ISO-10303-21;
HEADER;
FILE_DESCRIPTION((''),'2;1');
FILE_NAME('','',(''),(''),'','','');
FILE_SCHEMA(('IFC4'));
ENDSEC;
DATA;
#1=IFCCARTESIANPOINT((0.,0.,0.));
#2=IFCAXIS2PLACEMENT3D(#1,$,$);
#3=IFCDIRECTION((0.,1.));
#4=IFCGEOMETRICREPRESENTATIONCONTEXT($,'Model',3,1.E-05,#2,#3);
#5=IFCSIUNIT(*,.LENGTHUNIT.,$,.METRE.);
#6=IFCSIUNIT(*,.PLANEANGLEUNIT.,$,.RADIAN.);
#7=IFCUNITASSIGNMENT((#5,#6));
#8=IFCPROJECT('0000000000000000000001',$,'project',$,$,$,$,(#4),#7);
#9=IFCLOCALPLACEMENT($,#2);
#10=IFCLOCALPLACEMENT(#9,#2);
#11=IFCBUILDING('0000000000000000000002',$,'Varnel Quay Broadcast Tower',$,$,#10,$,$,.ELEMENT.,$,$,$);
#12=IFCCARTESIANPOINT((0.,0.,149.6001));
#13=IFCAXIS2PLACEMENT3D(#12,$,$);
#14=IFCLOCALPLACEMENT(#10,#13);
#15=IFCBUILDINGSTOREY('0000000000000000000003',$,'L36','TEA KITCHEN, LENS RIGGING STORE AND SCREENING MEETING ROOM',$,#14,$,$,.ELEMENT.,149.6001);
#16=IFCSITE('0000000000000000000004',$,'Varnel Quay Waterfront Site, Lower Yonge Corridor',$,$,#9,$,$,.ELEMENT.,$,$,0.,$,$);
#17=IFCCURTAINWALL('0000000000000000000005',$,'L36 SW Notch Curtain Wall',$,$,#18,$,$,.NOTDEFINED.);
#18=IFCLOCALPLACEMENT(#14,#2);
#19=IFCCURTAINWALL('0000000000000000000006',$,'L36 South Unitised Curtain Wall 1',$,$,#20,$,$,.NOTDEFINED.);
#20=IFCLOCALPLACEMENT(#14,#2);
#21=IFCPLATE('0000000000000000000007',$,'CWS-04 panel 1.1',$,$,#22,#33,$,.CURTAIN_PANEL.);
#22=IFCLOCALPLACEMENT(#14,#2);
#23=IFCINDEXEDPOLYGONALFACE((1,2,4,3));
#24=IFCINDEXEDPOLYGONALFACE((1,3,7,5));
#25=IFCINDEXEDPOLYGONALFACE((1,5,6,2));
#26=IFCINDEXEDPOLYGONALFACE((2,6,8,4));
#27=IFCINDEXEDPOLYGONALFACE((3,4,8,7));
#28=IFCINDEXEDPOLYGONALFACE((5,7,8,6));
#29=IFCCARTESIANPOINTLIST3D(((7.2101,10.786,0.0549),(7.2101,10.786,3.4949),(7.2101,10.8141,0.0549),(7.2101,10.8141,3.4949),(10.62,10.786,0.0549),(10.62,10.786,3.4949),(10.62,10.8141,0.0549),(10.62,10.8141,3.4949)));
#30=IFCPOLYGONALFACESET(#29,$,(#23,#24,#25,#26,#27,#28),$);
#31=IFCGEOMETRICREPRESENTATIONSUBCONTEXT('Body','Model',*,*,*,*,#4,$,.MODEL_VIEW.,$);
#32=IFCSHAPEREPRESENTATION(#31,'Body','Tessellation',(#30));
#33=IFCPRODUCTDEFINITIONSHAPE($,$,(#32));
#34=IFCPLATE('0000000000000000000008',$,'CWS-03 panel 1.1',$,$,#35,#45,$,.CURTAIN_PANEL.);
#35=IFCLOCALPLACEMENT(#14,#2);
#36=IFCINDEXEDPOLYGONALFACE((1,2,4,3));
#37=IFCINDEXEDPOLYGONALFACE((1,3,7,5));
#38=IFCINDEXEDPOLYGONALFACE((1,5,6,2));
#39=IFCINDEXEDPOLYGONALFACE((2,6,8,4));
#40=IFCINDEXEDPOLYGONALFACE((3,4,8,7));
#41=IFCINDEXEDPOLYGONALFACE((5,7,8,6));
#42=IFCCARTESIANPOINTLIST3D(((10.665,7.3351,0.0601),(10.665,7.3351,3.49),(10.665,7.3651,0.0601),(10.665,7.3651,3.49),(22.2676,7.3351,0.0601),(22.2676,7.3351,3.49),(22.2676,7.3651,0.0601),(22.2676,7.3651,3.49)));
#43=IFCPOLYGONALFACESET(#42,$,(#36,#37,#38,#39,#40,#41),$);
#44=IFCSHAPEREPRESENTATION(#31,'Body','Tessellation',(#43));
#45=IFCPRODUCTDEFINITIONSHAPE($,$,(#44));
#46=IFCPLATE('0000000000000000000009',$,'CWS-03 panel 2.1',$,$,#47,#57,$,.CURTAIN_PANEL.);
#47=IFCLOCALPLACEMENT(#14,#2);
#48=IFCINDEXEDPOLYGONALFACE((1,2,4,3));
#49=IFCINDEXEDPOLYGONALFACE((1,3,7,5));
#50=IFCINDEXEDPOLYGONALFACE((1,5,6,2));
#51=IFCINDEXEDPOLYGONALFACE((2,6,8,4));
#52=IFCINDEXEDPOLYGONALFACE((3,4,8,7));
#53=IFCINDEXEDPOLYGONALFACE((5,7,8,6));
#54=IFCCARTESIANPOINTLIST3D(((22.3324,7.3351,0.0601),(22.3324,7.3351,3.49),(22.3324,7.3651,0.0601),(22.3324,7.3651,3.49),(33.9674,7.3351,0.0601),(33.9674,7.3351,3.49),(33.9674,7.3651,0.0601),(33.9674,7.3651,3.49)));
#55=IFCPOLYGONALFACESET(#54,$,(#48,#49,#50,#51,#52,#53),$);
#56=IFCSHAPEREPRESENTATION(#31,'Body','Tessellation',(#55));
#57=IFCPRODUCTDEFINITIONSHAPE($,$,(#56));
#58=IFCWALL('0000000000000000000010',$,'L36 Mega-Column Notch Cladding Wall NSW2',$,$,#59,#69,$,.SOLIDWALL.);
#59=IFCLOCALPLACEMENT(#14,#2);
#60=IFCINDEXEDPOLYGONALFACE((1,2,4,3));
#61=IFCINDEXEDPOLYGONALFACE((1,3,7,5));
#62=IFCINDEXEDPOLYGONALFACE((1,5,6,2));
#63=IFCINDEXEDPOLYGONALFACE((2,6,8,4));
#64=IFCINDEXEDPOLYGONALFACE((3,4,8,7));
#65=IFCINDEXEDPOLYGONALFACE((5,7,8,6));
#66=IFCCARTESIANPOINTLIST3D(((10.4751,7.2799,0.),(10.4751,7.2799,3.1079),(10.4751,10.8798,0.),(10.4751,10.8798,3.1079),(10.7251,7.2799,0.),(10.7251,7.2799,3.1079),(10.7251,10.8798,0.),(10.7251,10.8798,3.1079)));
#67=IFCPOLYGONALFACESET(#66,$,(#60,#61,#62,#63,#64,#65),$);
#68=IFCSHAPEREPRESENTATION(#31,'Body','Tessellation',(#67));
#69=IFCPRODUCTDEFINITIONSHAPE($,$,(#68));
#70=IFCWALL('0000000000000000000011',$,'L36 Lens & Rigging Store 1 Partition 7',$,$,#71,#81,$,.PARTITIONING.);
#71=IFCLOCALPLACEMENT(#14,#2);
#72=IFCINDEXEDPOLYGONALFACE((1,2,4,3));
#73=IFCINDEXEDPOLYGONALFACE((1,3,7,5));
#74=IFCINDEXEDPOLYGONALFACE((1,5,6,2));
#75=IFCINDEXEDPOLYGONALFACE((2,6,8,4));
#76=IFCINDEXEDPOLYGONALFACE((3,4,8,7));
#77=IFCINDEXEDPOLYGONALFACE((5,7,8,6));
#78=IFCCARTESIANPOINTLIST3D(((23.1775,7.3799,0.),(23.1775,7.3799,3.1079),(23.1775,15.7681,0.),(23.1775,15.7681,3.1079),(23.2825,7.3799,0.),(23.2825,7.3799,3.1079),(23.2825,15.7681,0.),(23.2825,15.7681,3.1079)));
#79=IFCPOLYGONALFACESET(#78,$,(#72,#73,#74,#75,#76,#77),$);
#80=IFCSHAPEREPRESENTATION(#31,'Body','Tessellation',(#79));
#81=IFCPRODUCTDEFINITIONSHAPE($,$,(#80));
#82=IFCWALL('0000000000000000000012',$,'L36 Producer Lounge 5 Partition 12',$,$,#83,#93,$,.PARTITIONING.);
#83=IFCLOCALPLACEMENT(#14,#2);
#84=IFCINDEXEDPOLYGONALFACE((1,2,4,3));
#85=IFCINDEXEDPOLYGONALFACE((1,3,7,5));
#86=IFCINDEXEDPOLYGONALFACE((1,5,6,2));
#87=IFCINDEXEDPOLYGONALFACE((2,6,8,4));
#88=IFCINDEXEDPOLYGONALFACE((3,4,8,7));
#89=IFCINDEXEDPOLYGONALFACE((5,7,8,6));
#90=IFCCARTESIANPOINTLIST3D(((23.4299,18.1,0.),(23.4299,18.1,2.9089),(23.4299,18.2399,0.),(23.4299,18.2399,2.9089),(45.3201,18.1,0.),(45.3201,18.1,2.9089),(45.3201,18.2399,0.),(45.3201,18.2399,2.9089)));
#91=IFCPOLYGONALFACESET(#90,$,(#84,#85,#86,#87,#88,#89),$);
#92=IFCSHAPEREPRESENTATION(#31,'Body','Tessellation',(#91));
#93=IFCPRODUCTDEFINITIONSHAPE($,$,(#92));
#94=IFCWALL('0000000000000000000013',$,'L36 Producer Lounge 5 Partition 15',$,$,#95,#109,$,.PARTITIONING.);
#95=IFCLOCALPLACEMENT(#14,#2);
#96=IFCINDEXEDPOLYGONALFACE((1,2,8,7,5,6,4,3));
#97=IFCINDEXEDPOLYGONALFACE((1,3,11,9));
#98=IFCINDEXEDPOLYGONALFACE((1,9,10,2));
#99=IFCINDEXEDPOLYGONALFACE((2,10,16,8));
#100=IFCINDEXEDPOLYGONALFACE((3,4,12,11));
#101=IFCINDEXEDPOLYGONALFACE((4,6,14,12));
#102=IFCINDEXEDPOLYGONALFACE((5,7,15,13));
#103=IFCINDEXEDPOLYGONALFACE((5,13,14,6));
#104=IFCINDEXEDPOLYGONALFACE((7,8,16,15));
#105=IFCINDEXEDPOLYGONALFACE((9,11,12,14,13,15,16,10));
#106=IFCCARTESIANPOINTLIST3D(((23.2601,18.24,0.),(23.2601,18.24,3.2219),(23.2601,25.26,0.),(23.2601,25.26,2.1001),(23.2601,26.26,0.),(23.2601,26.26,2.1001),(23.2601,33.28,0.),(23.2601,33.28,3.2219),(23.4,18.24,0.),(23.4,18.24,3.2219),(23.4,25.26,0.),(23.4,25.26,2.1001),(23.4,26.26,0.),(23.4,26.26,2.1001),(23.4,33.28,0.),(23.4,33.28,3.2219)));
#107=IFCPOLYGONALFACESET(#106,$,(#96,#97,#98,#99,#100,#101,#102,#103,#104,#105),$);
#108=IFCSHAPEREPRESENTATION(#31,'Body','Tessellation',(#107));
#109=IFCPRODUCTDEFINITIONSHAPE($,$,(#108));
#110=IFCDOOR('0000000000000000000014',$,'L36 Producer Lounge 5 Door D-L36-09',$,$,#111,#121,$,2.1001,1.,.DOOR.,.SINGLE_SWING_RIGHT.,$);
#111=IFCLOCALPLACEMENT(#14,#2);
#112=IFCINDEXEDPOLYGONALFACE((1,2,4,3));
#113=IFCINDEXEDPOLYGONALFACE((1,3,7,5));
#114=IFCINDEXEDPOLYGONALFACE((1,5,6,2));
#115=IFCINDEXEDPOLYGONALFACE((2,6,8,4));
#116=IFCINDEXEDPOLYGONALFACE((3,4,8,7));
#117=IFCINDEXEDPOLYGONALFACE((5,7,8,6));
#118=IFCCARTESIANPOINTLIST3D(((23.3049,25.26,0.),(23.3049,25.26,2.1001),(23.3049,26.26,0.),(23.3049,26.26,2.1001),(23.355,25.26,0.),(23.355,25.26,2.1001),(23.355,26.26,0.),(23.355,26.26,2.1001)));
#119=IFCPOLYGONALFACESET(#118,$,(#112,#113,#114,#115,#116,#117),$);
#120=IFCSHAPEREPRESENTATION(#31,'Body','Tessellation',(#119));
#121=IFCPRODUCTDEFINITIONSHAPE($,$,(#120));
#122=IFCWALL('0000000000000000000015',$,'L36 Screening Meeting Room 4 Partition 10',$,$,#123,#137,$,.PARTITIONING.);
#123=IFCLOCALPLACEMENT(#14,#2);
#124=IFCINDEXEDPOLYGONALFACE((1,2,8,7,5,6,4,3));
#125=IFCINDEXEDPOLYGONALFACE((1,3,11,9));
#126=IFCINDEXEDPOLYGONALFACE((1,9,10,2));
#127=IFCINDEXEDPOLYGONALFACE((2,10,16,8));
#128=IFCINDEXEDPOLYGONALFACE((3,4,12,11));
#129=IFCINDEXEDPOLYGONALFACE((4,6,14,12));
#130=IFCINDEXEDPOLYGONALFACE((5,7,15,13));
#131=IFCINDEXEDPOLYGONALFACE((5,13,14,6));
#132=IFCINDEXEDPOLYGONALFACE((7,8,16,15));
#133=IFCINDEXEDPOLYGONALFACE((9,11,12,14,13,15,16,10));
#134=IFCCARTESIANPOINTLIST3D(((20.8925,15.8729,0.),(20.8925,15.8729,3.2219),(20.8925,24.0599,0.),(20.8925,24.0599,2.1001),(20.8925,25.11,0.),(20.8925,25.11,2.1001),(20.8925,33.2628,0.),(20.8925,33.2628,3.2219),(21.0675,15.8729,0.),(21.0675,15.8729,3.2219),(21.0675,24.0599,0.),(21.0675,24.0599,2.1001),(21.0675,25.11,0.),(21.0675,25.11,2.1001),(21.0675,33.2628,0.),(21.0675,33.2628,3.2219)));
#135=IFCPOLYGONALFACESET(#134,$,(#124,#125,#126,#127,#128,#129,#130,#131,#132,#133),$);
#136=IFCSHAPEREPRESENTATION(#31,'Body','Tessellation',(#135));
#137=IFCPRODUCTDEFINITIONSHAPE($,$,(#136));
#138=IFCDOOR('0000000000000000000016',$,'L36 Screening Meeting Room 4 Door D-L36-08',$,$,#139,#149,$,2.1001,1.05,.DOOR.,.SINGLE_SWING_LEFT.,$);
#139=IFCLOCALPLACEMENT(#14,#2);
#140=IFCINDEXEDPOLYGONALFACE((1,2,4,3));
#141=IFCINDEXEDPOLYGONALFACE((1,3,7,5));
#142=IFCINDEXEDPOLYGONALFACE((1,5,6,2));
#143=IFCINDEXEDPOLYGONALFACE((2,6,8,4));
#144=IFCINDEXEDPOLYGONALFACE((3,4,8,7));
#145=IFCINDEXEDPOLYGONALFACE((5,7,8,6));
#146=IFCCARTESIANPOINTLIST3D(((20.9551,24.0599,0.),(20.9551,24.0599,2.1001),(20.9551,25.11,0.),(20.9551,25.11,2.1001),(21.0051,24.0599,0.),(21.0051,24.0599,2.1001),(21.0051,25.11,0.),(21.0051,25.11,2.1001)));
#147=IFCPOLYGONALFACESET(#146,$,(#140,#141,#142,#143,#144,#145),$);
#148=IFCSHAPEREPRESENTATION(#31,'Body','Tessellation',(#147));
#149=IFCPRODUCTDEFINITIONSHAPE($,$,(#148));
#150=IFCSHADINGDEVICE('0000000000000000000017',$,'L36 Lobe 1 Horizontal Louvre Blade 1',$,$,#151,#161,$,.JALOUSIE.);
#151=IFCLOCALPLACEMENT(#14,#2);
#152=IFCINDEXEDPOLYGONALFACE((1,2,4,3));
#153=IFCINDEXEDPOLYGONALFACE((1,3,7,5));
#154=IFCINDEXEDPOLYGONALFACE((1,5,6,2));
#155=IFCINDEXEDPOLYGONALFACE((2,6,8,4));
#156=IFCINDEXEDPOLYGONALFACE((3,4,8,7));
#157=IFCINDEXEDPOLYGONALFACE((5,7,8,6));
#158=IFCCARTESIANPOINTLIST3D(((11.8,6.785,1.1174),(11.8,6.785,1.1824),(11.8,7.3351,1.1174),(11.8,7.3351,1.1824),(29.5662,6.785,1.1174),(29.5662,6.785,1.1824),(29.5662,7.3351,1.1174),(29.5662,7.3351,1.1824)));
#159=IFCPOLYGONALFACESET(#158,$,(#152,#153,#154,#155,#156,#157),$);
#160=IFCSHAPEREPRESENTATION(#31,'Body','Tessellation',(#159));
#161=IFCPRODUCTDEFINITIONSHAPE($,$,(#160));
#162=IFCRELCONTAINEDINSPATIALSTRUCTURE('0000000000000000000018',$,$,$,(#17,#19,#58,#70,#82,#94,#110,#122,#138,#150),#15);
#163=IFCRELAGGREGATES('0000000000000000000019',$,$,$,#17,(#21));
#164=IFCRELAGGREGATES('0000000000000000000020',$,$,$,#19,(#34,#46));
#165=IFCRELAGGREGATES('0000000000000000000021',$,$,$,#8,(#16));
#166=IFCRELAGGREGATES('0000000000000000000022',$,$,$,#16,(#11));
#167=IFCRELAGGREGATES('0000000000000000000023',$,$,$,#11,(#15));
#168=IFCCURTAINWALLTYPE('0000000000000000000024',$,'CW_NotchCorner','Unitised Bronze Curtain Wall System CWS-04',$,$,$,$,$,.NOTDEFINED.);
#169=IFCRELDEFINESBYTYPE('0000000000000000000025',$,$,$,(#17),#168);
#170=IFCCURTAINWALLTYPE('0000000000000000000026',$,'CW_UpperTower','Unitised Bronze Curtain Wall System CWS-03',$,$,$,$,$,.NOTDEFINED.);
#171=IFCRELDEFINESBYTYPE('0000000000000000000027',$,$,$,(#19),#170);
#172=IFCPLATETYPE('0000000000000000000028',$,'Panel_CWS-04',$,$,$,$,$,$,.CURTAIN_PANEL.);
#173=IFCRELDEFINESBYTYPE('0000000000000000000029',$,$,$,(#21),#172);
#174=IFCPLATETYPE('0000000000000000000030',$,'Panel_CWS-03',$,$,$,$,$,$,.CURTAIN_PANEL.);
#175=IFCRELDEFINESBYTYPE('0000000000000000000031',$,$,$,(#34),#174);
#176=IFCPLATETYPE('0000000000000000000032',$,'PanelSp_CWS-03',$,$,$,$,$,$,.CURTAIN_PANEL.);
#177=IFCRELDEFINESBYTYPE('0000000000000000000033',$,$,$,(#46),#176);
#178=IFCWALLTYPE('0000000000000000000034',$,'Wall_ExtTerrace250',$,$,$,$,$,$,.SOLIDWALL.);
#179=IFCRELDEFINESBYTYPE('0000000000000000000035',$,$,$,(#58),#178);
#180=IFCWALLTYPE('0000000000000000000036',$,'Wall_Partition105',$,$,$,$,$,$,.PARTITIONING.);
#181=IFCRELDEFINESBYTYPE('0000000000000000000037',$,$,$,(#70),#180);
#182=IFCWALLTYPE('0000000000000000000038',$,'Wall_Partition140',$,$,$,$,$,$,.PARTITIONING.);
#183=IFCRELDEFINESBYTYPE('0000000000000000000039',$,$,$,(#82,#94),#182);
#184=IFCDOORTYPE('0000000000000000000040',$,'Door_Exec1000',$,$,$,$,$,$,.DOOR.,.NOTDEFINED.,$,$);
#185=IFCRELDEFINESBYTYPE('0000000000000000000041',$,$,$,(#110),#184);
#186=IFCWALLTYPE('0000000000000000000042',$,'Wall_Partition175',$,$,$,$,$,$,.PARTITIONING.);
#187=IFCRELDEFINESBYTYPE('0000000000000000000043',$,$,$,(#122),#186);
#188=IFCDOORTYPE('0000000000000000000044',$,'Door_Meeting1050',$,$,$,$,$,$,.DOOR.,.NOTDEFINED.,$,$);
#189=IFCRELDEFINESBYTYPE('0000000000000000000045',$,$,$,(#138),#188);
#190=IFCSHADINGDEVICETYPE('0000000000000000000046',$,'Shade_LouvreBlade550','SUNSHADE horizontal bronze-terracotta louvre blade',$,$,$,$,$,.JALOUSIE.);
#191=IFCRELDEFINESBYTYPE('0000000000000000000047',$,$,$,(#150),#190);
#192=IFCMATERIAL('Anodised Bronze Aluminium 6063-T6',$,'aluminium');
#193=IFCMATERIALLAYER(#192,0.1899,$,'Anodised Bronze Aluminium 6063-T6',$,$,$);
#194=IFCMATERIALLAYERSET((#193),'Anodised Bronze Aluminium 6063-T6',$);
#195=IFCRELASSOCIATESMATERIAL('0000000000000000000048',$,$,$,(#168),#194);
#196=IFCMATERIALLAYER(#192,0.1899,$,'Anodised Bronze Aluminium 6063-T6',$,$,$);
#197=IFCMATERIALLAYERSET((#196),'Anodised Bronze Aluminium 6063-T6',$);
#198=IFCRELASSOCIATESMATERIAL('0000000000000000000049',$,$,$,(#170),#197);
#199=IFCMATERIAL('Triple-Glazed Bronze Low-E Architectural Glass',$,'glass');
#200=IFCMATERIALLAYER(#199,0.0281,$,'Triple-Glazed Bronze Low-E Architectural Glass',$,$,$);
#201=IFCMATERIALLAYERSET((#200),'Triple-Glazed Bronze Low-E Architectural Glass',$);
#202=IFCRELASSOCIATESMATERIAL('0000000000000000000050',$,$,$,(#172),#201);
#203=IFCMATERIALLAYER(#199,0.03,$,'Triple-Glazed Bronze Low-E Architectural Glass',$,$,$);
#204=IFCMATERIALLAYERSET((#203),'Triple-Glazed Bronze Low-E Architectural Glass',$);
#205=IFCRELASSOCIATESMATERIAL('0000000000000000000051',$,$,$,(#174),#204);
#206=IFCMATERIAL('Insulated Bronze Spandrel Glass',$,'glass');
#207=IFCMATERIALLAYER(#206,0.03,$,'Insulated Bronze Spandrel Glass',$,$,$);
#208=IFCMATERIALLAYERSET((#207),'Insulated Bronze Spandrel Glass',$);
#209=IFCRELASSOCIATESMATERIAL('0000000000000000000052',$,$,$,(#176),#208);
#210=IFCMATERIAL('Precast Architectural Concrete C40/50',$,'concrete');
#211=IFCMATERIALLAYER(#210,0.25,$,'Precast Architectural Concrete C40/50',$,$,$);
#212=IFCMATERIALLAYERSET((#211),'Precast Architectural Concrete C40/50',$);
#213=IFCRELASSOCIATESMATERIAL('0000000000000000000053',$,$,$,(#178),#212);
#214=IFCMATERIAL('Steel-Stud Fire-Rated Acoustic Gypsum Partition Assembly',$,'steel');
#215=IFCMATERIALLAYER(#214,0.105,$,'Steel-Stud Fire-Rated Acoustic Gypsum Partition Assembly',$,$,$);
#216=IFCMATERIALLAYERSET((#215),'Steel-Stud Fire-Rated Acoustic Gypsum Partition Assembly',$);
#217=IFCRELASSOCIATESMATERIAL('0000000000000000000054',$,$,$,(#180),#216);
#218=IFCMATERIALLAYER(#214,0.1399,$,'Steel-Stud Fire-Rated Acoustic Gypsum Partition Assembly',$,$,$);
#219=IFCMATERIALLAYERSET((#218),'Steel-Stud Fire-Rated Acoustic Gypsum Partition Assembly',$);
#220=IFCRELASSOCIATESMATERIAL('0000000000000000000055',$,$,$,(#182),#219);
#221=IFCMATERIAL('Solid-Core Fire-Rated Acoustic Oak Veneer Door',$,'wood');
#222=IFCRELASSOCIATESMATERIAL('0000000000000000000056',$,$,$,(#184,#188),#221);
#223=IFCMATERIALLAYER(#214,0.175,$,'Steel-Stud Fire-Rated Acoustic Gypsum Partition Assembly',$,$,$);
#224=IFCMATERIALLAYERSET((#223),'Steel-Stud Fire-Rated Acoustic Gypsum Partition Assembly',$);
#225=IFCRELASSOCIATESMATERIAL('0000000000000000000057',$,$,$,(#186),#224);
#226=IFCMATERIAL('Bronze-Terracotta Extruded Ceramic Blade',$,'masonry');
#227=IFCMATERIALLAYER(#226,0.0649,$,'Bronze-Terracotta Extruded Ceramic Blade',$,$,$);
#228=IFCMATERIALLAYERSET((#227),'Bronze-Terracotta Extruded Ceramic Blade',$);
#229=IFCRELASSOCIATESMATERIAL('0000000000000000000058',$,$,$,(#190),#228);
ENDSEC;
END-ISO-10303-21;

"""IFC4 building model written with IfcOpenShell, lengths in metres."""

from ifc_helpers import new_model, si_unit, direction, frame, frame_2d, origin, origin_2d, place, context, subcontext, project, spatial, rectangle, extrude, source, transform, mapped, material, layer, layer_set, type_object, type_shapes, element, fill, aggregate, save


model = new_model("IFC4")

# Units and contexts
model_context = context("Model", 3, precision=1e-05, world=origin(), true_north=direction((0.0, 1.0)))
body_context = subcontext(model_context, "Body", "Model", "MODEL_VIEW")
ifc_project = project(units=[si_unit("LENGTHUNIT", "METRE"), si_unit("PLANEANGLEUNIT", "RADIAN")], contexts=[model_context])

# Site, building, storey
site_placement = place(None, origin())
site = spatial("IfcSite", under=ifc_project, at=site_placement, Name="Varnel Quay Waterfront Site, Lower Yonge Corridor", CompositionType="ELEMENT", RefElevation=0.0)
building_placement = place(site_placement, origin())
building = spatial("IfcBuilding", under=site, at=building_placement, Name="Varnel Quay Broadcast Tower", CompositionType="ELEMENT")
storey_placement = place(building_placement, frame((0.0, 0.0, 149.6001)))
storey = spatial("IfcBuildingStorey", under=building, at=storey_placement, Name="L36", Description="TEA KITCHEN, LENS RIGGING STORE AND SCREENING MEETING ROOM", CompositionType="ELEMENT", Elevation=149.6001)

# Curtain wall
ifc_material_1 = material(Name="Anodised Bronze Aluminium 6063-T6", Category="aluminium")
ifc_layer_1 = layer(ifc_material_1, 0.1899, Name="Anodised Bronze Aluminium 6063-T6")
ifc_layer_set_1 = layer_set([ifc_layer_1], Name="Anodised Bronze Aluminium 6063-T6")
curtain_wall_type_1 = type_object("IfcCurtainWallType", Name="CW_NotchCorner", Description="Unitised Bronze Curtain Wall System CWS-04", PredefinedType="NOTDEFINED", material=ifc_layer_set_1)
curtain_wall_1_placement = place(storey_placement, origin())
curtain_wall_1 = element("IfcCurtainWall", 1, at=curtain_wall_1_placement, inside=storey, type_object=curtain_wall_type_1, Name="L36 SW Notch Curtain Wall", PredefinedType="NOTDEFINED")

# Curtain wall
ifc_layer_2 = layer(ifc_material_1, 0.1899, Name="Anodised Bronze Aluminium 6063-T6")
ifc_layer_set_2 = layer_set([ifc_layer_2], Name="Anodised Bronze Aluminium 6063-T6")
curtain_wall_type_2 = type_object("IfcCurtainWallType", Name="CW_UpperTower", Description="Unitised Bronze Curtain Wall System CWS-03", PredefinedType="NOTDEFINED", material=ifc_layer_set_2)
curtain_wall_2_placement = place(storey_placement, origin())
curtain_wall_2 = element("IfcCurtainWall", 2, at=curtain_wall_2_placement, inside=storey, type_object=curtain_wall_type_2, Name="L36 South Unitised Curtain Wall 1", PredefinedType="NOTDEFINED")

# Plates
ifc_material_2 = material(Name="Triple-Glazed Bronze Low-E Architectural Glass", Category="glass")
ifc_layer_3 = layer(ifc_material_2, 0.0281, Name="Triple-Glazed Bronze Low-E Architectural Glass")
ifc_layer_set_3 = layer_set([ifc_layer_3], Name="Triple-Glazed Bronze Low-E Architectural Glass")
plate_type_1 = type_object("IfcPlateType", Name="Panel_CWS-04", PredefinedType="CURTAIN_PANEL", material=ifc_layer_set_3)
shared_shape_1 = source(origin(), body_context, "Body", "SweptSolid", [
    extrude(rectangle(XDim=3.4099, YDim=0.0281, at=origin_2d()), origin(), (0.0, 0.0, 1.0), 3.4399),
])
type_shapes(plate_type_1, [shared_shape_1])
plate_1_placement = place(storey_placement, frame((8.915, 10.8, 0.0549), z_axis=(0.0, 0.0, 1.0), x_axis=(1.0, 0.0, 0.0)))
plate_1 = element("IfcPlate", 3, at=plate_1_placement, type_object=plate_type_1, Name="CWS-04 panel 1.1", PredefinedType="CURTAIN_PANEL", context=body_context, shape_type="MappedRepresentation", body=[
    mapped(shared_shape_1, transform((0.0, 0.0, 0.0), x_axis=(1.0, 0.0, 0.0), y_axis=(0.0, 1.0, 0.0), z_axis=(0.0, 0.0, 1.0), scale=1.0)),
])
aggregate(curtain_wall_1, [plate_1])
ifc_layer_4 = layer(ifc_material_2, 0.03, Name="Triple-Glazed Bronze Low-E Architectural Glass")
ifc_layer_set_4 = layer_set([ifc_layer_4], Name="Triple-Glazed Bronze Low-E Architectural Glass")
plate_type_2 = type_object("IfcPlateType", Name="Panel_CWS-03", PredefinedType="CURTAIN_PANEL", material=ifc_layer_set_4)
shared_shape_2 = source(origin(), body_context, "Body", "SweptSolid", [
    extrude(rectangle(XDim=11.6025, YDim=0.03, at=origin_2d()), origin(), (0.0, 0.0, 1.0), 3.4299),
])
type_shapes(plate_type_2, [shared_shape_2])
plate_2_placement = place(storey_placement, frame((16.4663, 7.3501, 0.0601), z_axis=(0.0, 0.0, 1.0), x_axis=(1.0, 0.0, 0.0)))
plate_2 = element("IfcPlate", 4, at=plate_2_placement, type_object=plate_type_2, Name="CWS-03 panel 1.1", PredefinedType="CURTAIN_PANEL", context=body_context, shape_type="MappedRepresentation", body=[
    mapped(shared_shape_2, transform((0.0, 0.0, 0.0), x_axis=(1.0, 0.0, 0.0), y_axis=(0.0, 1.0, 0.0), z_axis=(0.0, 0.0, 1.0), scale=1.0)),
])
ifc_material_3 = material(Name="Insulated Bronze Spandrel Glass", Category="glass")
ifc_layer_5 = layer(ifc_material_3, 0.03, Name="Insulated Bronze Spandrel Glass")
ifc_layer_set_5 = layer_set([ifc_layer_5], Name="Insulated Bronze Spandrel Glass")
plate_type_3 = type_object("IfcPlateType", Name="PanelSp_CWS-03", PredefinedType="CURTAIN_PANEL", material=ifc_layer_set_5)
shared_shape_3 = source(origin(), body_context, "Body", "SweptSolid", [
    extrude(rectangle(XDim=11.635, YDim=0.03, at=origin_2d()), origin(), (0.0, 0.0, 1.0), 3.4299),
])
type_shapes(plate_type_3, [shared_shape_3])
plate_3_placement = place(storey_placement, frame((28.1499, 7.3501, 0.0601), z_axis=(0.0, 0.0, 1.0), x_axis=(1.0, 0.0, 0.0)))
plate_3 = element("IfcPlate", 5, at=plate_3_placement, type_object=plate_type_3, Name="CWS-03 panel 2.1", PredefinedType="CURTAIN_PANEL", context=body_context, shape_type="MappedRepresentation", body=[
    mapped(shared_shape_3, transform((0.0, 0.0, 0.0), x_axis=(1.0, 0.0, 0.0), y_axis=(0.0, 1.0, 0.0), z_axis=(0.0, 0.0, 1.0), scale=1.0)),
])
aggregate(curtain_wall_2, [plate_2, plate_3])

# Walls
ifc_material_4 = material(Name="Precast Architectural Concrete C40/50", Category="concrete")
ifc_layer_6 = layer(ifc_material_4, 0.25, Name="Precast Architectural Concrete C40/50")
ifc_layer_set_6 = layer_set([ifc_layer_6], Name="Precast Architectural Concrete C40/50")
wall_type_1 = type_object("IfcWallType", Name="Wall_ExtTerrace250", PredefinedType="SOLIDWALL", material=ifc_layer_set_6)
wall_1_placement = place(storey_placement, frame((10.6001, 7.28, 0.0), z_axis=(0.0, 0.0, 1.0), x_axis=(0.0, 1.0, 0.0)))
element("IfcWall", 6, at=wall_1_placement, inside=storey, type_object=wall_type_1, Name="L36 Mega-Column Notch Cladding Wall NSW2", PredefinedType="SOLIDWALL", context=body_context, shape_type="SweptSolid", body=[
    extrude(rectangle(XDim=3.5999, YDim=0.25, at=frame_2d((1.7998, 0.0))), origin(), (0.0, 0.0, 1.0), 3.1079),
])
ifc_material_5 = material(Name="Steel-Stud Fire-Rated Acoustic Gypsum Partition Assembly", Category="steel")
ifc_layer_7 = layer(ifc_material_5, 0.105, Name="Steel-Stud Fire-Rated Acoustic Gypsum Partition Assembly")
ifc_layer_set_7 = layer_set([ifc_layer_7], Name="Steel-Stud Fire-Rated Acoustic Gypsum Partition Assembly")
wall_type_2 = type_object("IfcWallType", Name="Wall_Partition105", PredefinedType="PARTITIONING", material=ifc_layer_set_7)
wall_2_placement = place(storey_placement, frame((23.23, 7.3799, 0.0), z_axis=(0.0, 0.0, 1.0), x_axis=(0.0, 1.0, 0.0)))
element("IfcWall", 7, at=wall_2_placement, inside=storey, type_object=wall_type_2, Name="L36 Lens & Rigging Store 1 Partition 7", PredefinedType="PARTITIONING", context=body_context, shape_type="SweptSolid", body=[
    extrude(rectangle(XDim=8.3882, YDim=0.105, at=frame_2d((4.1941, 0.0))), origin(), (0.0, 0.0, 1.0), 3.1079),
])
ifc_layer_8 = layer(ifc_material_5, 0.1399, Name="Steel-Stud Fire-Rated Acoustic Gypsum Partition Assembly")
ifc_layer_set_8 = layer_set([ifc_layer_8], Name="Steel-Stud Fire-Rated Acoustic Gypsum Partition Assembly")
wall_type_3 = type_object("IfcWallType", Name="Wall_Partition140", PredefinedType="PARTITIONING", material=ifc_layer_set_8)
wall_3_placement = place(storey_placement, frame((23.4299, 18.1699, 0.0), z_axis=(0.0, 0.0, 1.0), x_axis=(1.0, 0.0, 0.0)))
element("IfcWall", 8, at=wall_3_placement, inside=storey, type_object=wall_type_3, Name="L36 Producer Lounge 5 Partition 12", PredefinedType="PARTITIONING", context=body_context, shape_type="SweptSolid", body=[
    extrude(rectangle(XDim=21.8901, YDim=0.1399, at=frame_2d((10.9451, 0.0))), origin(), (0.0, 0.0, 1.0), 2.9089),
])

# Walls, openings, doors
wall_4_placement = place(storey_placement, frame((23.3301, 18.24, 0.0), z_axis=(0.0, 0.0, 1.0), x_axis=(0.0, 1.0, 0.0)))
wall_4 = element("IfcWall", 9, at=wall_4_placement, inside=storey, type_object=wall_type_3, Name="L36 Producer Lounge 5 Partition 15", PredefinedType="PARTITIONING", context=body_context, shape_type="SweptSolid", body=[
    extrude(rectangle(XDim=15.04, YDim=0.1399, at=frame_2d((7.52, 0.0))), origin(), (0.0, 0.0, 1.0), 3.2219),
])
opening_1_placement = place(wall_4_placement, frame((7.02, 0.0, 0.0)))
opening_1 = element("IfcOpeningElement", 10, at=opening_1_placement, cuts=wall_4, PredefinedType="OPENING", context=body_context, shape_type="SweptSolid", body=[
    extrude(rectangle(XDim=1.0, YDim=2.1001, at=frame_2d((0.5, 1.05))), frame((0.0, 0.0801, 0.0), z_axis=(0.0, -1.0, 0.0), x_axis=(1.0, 0.0, 0.0)), (0.0, 0.0, 1.0), 0.1599),
])
ifc_material_6 = material(Name="Solid-Core Fire-Rated Acoustic Oak Veneer Door", Category="wood")
door_type_1 = type_object("IfcDoorType", Name="Door_Exec1000", OperationType="NOTDEFINED", PredefinedType="DOOR", material=ifc_material_6)
shared_shape_4 = source(origin(), body_context, "Body", "SweptSolid", [
    extrude(rectangle(XDim=1.0, YDim=2.1001, at=frame_2d((0.5, 1.05))), frame((0.0, 0.0249, 0.0), z_axis=(0.0, -1.0, 0.0), x_axis=(1.0, 0.0, 0.0)), (0.0, 0.0, 1.0), 0.05),
])
type_shapes(door_type_1, [shared_shape_4])
door_1_placement = place(opening_1_placement, frame((1.0, 0.0, 0.0), z_axis=(0.0, 0.0, 1.0), x_axis=(-1.0, 0.0, 0.0)))
door_1 = element("IfcDoor", 11, at=door_1_placement, inside=storey, type_object=door_type_1, Name="L36 Producer Lounge 5 Door D-L36-09", OperationType="SINGLE_SWING_RIGHT", OverallHeight=2.1001, OverallWidth=1.0, PredefinedType="DOOR", context=body_context, shape_type="MappedRepresentation", body=[
    mapped(shared_shape_4, transform((0.0, 0.0, 0.0), x_axis=(1.0, 0.0, 0.0), y_axis=(0.0, 1.0, 0.0), z_axis=(0.0, 0.0, 1.0), scale=1.0)),
])
fill(opening_1, door_1)
ifc_layer_9 = layer(ifc_material_5, 0.175, Name="Steel-Stud Fire-Rated Acoustic Gypsum Partition Assembly")
ifc_layer_set_9 = layer_set([ifc_layer_9], Name="Steel-Stud Fire-Rated Acoustic Gypsum Partition Assembly")
wall_type_4 = type_object("IfcWallType", Name="Wall_Partition175", PredefinedType="PARTITIONING", material=ifc_layer_set_9)
wall_5_placement = place(storey_placement, frame((20.98, 15.873, 0.0), z_axis=(0.0, 0.0, 1.0), x_axis=(0.0, 1.0, 0.0)))
wall_5 = element("IfcWall", 12, at=wall_5_placement, inside=storey, type_object=wall_type_4, Name="L36 Screening Meeting Room 4 Partition 10", PredefinedType="PARTITIONING", context=body_context, shape_type="SweptSolid", body=[
    extrude(rectangle(XDim=17.3899, YDim=0.175, at=frame_2d((8.6948, 0.0))), origin(), (0.0, 0.0, 1.0), 3.2219),
])
opening_2_placement = place(wall_5_placement, frame((8.187, 0.0, 0.0)))
opening_2 = element("IfcOpeningElement", 13, at=opening_2_placement, cuts=wall_5, PredefinedType="OPENING", context=body_context, shape_type="SweptSolid", body=[
    extrude(rectangle(XDim=1.05, YDim=2.1001, at=frame_2d((0.5249, 1.05))), frame((0.0, 0.0977, 0.0), z_axis=(0.0, -1.0, 0.0), x_axis=(1.0, 0.0, 0.0)), (0.0, 0.0, 1.0), 0.1951),
])
door_type_2 = type_object("IfcDoorType", Name="Door_Meeting1050", OperationType="NOTDEFINED", PredefinedType="DOOR", material=ifc_material_6)
shared_shape_5 = source(origin(), body_context, "Body", "SweptSolid", [
    extrude(rectangle(XDim=1.05, YDim=2.1001, at=frame_2d((0.5249, 1.05))), frame((0.0, 0.0249, 0.0), z_axis=(0.0, -1.0, 0.0), x_axis=(1.0, 0.0, 0.0)), (0.0, 0.0, 1.0), 0.05),
])
type_shapes(door_type_2, [shared_shape_5])
door_2_placement = place(opening_2_placement, origin())
door_2 = element("IfcDoor", 14, at=door_2_placement, inside=storey, type_object=door_type_2, Name="L36 Screening Meeting Room 4 Door D-L36-08", OperationType="SINGLE_SWING_LEFT", OverallHeight=2.1001, OverallWidth=1.05, PredefinedType="DOOR", context=body_context, shape_type="MappedRepresentation", body=[
    mapped(shared_shape_5, transform((0.0, 0.0, 0.0), x_axis=(1.0, 0.0, 0.0), y_axis=(0.0, 1.0, 0.0), z_axis=(0.0, 0.0, 1.0), scale=1.0)),
])
fill(opening_2, door_2)

# Shading device
ifc_material_7 = material(Name="Bronze-Terracotta Extruded Ceramic Blade", Category="masonry")
ifc_layer_10 = layer(ifc_material_7, 0.0649, Name="Bronze-Terracotta Extruded Ceramic Blade")
ifc_layer_set_10 = layer_set([ifc_layer_10], Name="Bronze-Terracotta Extruded Ceramic Blade")
shading_device_type = type_object("IfcShadingDeviceType", Name="Shade_LouvreBlade550", Description="SUNSHADE horizontal bronze-terracotta louvre blade", PredefinedType="JALOUSIE", material=ifc_layer_set_10)
shared_shape_6 = source(origin(), body_context, "Body", "SweptSolid", [
    extrude(rectangle(XDim=17.7661, YDim=0.55, at=origin_2d()), origin(), (0.0, 0.0, 1.0), 0.0649),
])
type_shapes(shading_device_type, [shared_shape_6])
for number, where, z_axis, x_axis, name in (
    (15, (20.6831, 7.0601, 1.1174), (0.0, 0.0, 1.0), (1.0, 0.0, 0.0), "L36 Lobe 1 Horizontal Louvre Blade 1"),
):
    element("IfcShadingDevice", number, at=place(storey_placement, frame(where, z_axis=z_axis, x_axis=x_axis)), inside=storey, type_object=shading_device_type, Name=name, PredefinedType="JALOUSIE", context=body_context, shape_type="MappedRepresentation", body=[
        mapped(shared_shape_6, transform((0.0, 0.0, 0.0), x_axis=(1.0, 0.0, 0.0), y_axis=(0.0, 1.0, 0.0), z_axis=(0.0, 0.0, 1.0), scale=1.0)),
    ])

save(model, "model.ifc")
